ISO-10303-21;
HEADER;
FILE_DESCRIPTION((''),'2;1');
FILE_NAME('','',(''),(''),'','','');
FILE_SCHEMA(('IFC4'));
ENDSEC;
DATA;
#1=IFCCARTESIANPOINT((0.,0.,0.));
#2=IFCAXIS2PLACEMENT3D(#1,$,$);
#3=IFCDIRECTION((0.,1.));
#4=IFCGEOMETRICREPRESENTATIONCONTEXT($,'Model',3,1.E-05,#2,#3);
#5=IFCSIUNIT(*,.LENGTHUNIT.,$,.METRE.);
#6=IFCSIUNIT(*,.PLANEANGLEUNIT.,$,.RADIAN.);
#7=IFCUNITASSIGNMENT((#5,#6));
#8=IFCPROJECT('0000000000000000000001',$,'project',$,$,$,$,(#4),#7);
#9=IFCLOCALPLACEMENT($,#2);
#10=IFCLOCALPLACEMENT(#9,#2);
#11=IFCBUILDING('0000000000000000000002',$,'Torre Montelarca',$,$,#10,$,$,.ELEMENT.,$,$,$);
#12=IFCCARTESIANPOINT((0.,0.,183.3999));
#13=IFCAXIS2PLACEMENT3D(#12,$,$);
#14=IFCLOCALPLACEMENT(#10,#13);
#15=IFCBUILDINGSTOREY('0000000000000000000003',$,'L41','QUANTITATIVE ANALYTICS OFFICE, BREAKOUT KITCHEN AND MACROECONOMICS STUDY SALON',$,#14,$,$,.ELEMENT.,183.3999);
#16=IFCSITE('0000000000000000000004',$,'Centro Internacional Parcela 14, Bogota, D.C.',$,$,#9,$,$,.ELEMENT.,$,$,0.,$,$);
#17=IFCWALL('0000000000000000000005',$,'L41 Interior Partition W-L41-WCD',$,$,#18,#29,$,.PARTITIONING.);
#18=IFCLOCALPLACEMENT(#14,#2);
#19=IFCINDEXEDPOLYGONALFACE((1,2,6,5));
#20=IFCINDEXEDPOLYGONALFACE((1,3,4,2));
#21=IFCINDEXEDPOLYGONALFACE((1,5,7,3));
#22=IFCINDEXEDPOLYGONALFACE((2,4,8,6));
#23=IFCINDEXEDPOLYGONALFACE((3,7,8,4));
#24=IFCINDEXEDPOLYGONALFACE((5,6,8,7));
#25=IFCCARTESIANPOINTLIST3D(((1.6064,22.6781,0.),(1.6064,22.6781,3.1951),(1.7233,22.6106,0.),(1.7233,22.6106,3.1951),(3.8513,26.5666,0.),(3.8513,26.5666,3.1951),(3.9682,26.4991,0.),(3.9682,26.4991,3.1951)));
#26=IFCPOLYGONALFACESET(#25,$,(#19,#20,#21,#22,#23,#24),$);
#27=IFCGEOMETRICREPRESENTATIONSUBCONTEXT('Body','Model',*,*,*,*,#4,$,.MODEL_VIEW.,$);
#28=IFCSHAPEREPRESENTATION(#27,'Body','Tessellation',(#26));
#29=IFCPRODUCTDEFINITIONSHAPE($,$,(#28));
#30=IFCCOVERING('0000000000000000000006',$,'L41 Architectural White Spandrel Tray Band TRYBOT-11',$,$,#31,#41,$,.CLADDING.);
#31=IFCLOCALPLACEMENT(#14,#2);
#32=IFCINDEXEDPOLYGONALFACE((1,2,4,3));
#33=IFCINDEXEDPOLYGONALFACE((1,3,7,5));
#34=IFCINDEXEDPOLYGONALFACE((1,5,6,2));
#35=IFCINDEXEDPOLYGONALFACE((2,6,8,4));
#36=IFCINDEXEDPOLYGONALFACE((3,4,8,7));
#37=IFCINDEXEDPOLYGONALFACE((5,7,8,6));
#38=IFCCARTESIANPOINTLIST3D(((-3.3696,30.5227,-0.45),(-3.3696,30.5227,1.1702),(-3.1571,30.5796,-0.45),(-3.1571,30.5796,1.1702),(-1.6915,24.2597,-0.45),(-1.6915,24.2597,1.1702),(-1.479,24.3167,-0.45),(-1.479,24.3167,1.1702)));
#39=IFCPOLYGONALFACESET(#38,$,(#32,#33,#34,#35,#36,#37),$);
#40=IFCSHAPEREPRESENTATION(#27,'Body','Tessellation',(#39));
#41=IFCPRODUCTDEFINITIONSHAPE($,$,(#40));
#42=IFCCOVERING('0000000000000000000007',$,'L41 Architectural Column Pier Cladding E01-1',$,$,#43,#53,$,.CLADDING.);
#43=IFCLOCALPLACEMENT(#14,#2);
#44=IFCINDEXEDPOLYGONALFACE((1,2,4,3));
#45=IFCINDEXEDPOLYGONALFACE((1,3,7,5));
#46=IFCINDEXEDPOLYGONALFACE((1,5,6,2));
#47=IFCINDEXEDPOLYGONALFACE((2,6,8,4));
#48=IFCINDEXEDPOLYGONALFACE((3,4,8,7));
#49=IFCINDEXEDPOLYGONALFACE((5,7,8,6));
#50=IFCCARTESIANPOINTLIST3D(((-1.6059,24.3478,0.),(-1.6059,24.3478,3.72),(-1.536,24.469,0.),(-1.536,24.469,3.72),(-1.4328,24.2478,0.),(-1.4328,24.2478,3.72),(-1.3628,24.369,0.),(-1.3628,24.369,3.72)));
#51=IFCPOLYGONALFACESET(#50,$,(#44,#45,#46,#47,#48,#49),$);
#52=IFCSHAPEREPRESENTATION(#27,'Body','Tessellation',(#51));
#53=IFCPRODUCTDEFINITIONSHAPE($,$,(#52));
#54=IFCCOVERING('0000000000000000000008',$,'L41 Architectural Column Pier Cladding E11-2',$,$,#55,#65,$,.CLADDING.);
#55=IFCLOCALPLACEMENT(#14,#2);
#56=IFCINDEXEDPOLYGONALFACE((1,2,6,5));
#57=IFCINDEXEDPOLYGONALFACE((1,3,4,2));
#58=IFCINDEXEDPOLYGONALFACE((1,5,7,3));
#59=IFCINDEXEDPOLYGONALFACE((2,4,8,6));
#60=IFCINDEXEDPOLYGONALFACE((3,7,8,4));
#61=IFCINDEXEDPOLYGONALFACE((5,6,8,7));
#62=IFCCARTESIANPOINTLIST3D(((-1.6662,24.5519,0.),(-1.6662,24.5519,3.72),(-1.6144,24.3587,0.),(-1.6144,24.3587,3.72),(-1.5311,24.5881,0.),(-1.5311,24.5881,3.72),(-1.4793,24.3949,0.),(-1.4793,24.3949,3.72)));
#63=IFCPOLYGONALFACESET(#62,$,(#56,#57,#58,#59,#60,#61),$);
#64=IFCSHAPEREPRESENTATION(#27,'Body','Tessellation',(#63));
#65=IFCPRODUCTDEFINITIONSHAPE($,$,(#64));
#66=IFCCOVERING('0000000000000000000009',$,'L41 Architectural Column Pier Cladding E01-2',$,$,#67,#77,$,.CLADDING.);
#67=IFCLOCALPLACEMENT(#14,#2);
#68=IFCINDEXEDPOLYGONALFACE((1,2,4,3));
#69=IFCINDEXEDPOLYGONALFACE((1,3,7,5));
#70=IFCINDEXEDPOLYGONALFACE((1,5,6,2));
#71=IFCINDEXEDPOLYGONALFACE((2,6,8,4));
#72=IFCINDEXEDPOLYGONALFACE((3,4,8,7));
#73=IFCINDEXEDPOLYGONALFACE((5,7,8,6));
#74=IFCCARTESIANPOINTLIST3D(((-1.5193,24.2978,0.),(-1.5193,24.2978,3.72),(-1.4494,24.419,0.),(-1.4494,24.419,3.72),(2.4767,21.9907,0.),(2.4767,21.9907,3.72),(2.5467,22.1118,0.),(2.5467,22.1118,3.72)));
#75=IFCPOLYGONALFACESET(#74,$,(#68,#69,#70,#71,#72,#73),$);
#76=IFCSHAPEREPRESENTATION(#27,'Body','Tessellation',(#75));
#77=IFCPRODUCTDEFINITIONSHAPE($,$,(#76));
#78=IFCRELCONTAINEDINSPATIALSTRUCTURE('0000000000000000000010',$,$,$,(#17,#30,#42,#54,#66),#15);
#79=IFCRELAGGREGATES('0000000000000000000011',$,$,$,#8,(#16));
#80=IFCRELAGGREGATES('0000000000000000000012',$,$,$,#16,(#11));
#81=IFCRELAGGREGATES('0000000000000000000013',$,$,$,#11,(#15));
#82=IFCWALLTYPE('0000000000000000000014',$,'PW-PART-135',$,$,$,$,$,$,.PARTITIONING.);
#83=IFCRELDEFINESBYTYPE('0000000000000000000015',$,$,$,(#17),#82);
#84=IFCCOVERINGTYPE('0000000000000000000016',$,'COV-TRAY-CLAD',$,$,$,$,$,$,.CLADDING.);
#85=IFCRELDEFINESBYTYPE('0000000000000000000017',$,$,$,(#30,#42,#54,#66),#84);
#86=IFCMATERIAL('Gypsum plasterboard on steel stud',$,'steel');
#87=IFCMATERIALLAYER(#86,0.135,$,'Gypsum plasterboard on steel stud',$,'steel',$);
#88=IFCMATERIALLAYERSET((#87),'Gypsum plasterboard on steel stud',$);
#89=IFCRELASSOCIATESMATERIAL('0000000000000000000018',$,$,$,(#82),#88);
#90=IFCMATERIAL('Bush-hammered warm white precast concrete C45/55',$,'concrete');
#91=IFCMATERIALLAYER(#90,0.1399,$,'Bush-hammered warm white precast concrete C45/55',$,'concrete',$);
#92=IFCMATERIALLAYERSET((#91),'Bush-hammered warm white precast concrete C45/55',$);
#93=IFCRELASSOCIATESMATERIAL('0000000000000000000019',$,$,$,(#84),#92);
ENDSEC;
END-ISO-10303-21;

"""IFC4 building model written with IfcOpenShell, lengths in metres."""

from ifc_helpers import new_model, si_unit, direction, frame, frame_2d, origin, origin_2d, place, context, subcontext, project, spatial, rectangle, extrude, source, transform, mapped, material, layer, layer_set, type_object, element, save


model = new_model("IFC4")

# Units and contexts
model_context = context("Model", 3, precision=1e-05, world=origin(), true_north=direction((0.0, 1.0)))
body_context = subcontext(model_context, "Body", "Model", "MODEL_VIEW")
ifc_project = project(units=[si_unit("LENGTHUNIT", "METRE"), si_unit("PLANEANGLEUNIT", "RADIAN")], contexts=[model_context])

# Site, building, storey
site_placement = place(None, origin())
site = spatial("IfcSite", under=ifc_project, at=site_placement, Name="Centro Internacional Parcela 14, Bogota, D.C.", CompositionType="ELEMENT", RefElevation=0.0)
building_placement = place(site_placement, origin())
building = spatial("IfcBuilding", under=site, at=building_placement, Name="Torre Montelarca", CompositionType="ELEMENT")
storey_placement = place(building_placement, frame((0.0, 0.0, 183.3999)))
storey = spatial("IfcBuildingStorey", under=building, at=storey_placement, Name="L41", Description="QUANTITATIVE ANALYTICS OFFICE, BREAKOUT KITCHEN AND MACROECONOMICS STUDY SALON", CompositionType="ELEMENT", Elevation=183.3999)

# Wall
ifc_material_1 = material(Name="Gypsum plasterboard on steel stud", Category="steel")
ifc_layer_1 = layer(ifc_material_1, 0.135, Name="Gypsum plasterboard on steel stud", Category="steel")
ifc_layer_set_1 = layer_set([ifc_layer_1], Name="Gypsum plasterboard on steel stud")
wall_type_1 = type_object("IfcWallType", Name="PW-PART-135", PredefinedType="PARTITIONING", material=ifc_layer_set_1)
wall_1_placement = place(storey_placement, frame((1.6648, 22.6443, 0.0), z_axis=(0.0, 0.0, 1.0), x_axis=(0.499981, 0.866036, 0.0)))
element("IfcWall", 1, at=wall_1_placement, inside=storey, type_object=wall_type_1, Name="L41 Interior Partition W-L41-WCD", PredefinedType="PARTITIONING", context=body_context, shape_type="SweptSolid", body=[
    extrude(rectangle(XDim=4.49, YDim=0.135, at=frame_2d((2.2451, 0.0))), origin(), (0.0, 0.0, 1.0), 3.1951),
])

# Coverings
ifc_material_2 = material(Name="Bush-hammered warm white precast concrete C45/55", Category="concrete")
ifc_layer_2 = layer(ifc_material_2, 0.1399, Name="Bush-hammered warm white precast concrete C45/55", Category="concrete")
ifc_layer_set_2 = layer_set([ifc_layer_2], Name="Bush-hammered warm white precast concrete C45/55")
covering_type = type_object("IfcCoveringType", Name="COV-TRAY-CLAD", PredefinedType="CLADDING", material=ifc_layer_set_2)
shared_shape_1 = source(origin(), body_context, "Body", "SweptSolid", [
    extrude(rectangle(XDim=6.4839, YDim=0.22, at=origin_2d()), origin(), (0.0, 0.0, 1.0), 1.6201),
])
covering_1_placement = place(storey_placement, frame((-2.4243, 27.4197, -0.45), z_axis=(0.0, 0.0, 1.0), x_axis=(0.258814, -0.965927, 0.0)))
element("IfcCovering", 2, at=covering_1_placement, inside=storey, type_object=covering_type, Name="L41 Architectural White Spandrel Tray Band TRYBOT-11", PredefinedType="CLADDING", context=body_context, shape_type="MappedRepresentation", body=[
    mapped(shared_shape_1, transform((0.0, 0.0, 0.0), scale=1.0)),
])
shared_shape_2 = source(origin(), body_context, "Body", "SweptSolid", [
    extrude(rectangle(XDim=0.2, YDim=0.1399, at=origin_2d()), origin(), (0.0, 0.0, 1.0), 3.72),
])
for number, where, z_axis, x_axis, name in (
    (3, (-1.4844, 24.3584, 0.0), (0.0, 0.0, 1.0), (0.866025, -0.5, 0.0), "L41 Architectural Column Pier Cladding E01-1"),
    (4, (-1.5728, 24.4734, 0.0), (0.0, 0.0, 1.0), (0.258816, -0.965927, 0.0), "L41 Architectural Column Pier Cladding E11-2"),
):
    element("IfcCovering", number, at=place(storey_placement, frame(where, z_axis=z_axis, x_axis=x_axis)), inside=storey, type_object=covering_type, Name=name, PredefinedType="CLADDING", context=body_context, shape_type="MappedRepresentation", body=[
        mapped(shared_shape_2, transform((0.0, 0.0, 0.0), scale=1.0)),
    ])
shared_shape_3 = source(origin(), body_context, "Body", "SweptSolid", [
    extrude(rectangle(XDim=4.6143, YDim=0.1399, at=origin_2d()), origin(), (0.0, 0.0, 1.0), 3.72),
])
covering_2_placement = place(storey_placement, frame((0.5137, 23.2048, 0.0), z_axis=(0.0, 0.0, 1.0), x_axis=(0.866025, -0.5, 0.0)))
element("IfcCovering", 5, at=covering_2_placement, inside=storey, type_object=covering_type, Name="L41 Architectural Column Pier Cladding E01-2", PredefinedType="CLADDING", context=body_context, shape_type="MappedRepresentation", body=[
    mapped(shared_shape_3, transform((0.0, 0.0, 0.0), scale=1.0)),
])

save(model, "model.ifc")
